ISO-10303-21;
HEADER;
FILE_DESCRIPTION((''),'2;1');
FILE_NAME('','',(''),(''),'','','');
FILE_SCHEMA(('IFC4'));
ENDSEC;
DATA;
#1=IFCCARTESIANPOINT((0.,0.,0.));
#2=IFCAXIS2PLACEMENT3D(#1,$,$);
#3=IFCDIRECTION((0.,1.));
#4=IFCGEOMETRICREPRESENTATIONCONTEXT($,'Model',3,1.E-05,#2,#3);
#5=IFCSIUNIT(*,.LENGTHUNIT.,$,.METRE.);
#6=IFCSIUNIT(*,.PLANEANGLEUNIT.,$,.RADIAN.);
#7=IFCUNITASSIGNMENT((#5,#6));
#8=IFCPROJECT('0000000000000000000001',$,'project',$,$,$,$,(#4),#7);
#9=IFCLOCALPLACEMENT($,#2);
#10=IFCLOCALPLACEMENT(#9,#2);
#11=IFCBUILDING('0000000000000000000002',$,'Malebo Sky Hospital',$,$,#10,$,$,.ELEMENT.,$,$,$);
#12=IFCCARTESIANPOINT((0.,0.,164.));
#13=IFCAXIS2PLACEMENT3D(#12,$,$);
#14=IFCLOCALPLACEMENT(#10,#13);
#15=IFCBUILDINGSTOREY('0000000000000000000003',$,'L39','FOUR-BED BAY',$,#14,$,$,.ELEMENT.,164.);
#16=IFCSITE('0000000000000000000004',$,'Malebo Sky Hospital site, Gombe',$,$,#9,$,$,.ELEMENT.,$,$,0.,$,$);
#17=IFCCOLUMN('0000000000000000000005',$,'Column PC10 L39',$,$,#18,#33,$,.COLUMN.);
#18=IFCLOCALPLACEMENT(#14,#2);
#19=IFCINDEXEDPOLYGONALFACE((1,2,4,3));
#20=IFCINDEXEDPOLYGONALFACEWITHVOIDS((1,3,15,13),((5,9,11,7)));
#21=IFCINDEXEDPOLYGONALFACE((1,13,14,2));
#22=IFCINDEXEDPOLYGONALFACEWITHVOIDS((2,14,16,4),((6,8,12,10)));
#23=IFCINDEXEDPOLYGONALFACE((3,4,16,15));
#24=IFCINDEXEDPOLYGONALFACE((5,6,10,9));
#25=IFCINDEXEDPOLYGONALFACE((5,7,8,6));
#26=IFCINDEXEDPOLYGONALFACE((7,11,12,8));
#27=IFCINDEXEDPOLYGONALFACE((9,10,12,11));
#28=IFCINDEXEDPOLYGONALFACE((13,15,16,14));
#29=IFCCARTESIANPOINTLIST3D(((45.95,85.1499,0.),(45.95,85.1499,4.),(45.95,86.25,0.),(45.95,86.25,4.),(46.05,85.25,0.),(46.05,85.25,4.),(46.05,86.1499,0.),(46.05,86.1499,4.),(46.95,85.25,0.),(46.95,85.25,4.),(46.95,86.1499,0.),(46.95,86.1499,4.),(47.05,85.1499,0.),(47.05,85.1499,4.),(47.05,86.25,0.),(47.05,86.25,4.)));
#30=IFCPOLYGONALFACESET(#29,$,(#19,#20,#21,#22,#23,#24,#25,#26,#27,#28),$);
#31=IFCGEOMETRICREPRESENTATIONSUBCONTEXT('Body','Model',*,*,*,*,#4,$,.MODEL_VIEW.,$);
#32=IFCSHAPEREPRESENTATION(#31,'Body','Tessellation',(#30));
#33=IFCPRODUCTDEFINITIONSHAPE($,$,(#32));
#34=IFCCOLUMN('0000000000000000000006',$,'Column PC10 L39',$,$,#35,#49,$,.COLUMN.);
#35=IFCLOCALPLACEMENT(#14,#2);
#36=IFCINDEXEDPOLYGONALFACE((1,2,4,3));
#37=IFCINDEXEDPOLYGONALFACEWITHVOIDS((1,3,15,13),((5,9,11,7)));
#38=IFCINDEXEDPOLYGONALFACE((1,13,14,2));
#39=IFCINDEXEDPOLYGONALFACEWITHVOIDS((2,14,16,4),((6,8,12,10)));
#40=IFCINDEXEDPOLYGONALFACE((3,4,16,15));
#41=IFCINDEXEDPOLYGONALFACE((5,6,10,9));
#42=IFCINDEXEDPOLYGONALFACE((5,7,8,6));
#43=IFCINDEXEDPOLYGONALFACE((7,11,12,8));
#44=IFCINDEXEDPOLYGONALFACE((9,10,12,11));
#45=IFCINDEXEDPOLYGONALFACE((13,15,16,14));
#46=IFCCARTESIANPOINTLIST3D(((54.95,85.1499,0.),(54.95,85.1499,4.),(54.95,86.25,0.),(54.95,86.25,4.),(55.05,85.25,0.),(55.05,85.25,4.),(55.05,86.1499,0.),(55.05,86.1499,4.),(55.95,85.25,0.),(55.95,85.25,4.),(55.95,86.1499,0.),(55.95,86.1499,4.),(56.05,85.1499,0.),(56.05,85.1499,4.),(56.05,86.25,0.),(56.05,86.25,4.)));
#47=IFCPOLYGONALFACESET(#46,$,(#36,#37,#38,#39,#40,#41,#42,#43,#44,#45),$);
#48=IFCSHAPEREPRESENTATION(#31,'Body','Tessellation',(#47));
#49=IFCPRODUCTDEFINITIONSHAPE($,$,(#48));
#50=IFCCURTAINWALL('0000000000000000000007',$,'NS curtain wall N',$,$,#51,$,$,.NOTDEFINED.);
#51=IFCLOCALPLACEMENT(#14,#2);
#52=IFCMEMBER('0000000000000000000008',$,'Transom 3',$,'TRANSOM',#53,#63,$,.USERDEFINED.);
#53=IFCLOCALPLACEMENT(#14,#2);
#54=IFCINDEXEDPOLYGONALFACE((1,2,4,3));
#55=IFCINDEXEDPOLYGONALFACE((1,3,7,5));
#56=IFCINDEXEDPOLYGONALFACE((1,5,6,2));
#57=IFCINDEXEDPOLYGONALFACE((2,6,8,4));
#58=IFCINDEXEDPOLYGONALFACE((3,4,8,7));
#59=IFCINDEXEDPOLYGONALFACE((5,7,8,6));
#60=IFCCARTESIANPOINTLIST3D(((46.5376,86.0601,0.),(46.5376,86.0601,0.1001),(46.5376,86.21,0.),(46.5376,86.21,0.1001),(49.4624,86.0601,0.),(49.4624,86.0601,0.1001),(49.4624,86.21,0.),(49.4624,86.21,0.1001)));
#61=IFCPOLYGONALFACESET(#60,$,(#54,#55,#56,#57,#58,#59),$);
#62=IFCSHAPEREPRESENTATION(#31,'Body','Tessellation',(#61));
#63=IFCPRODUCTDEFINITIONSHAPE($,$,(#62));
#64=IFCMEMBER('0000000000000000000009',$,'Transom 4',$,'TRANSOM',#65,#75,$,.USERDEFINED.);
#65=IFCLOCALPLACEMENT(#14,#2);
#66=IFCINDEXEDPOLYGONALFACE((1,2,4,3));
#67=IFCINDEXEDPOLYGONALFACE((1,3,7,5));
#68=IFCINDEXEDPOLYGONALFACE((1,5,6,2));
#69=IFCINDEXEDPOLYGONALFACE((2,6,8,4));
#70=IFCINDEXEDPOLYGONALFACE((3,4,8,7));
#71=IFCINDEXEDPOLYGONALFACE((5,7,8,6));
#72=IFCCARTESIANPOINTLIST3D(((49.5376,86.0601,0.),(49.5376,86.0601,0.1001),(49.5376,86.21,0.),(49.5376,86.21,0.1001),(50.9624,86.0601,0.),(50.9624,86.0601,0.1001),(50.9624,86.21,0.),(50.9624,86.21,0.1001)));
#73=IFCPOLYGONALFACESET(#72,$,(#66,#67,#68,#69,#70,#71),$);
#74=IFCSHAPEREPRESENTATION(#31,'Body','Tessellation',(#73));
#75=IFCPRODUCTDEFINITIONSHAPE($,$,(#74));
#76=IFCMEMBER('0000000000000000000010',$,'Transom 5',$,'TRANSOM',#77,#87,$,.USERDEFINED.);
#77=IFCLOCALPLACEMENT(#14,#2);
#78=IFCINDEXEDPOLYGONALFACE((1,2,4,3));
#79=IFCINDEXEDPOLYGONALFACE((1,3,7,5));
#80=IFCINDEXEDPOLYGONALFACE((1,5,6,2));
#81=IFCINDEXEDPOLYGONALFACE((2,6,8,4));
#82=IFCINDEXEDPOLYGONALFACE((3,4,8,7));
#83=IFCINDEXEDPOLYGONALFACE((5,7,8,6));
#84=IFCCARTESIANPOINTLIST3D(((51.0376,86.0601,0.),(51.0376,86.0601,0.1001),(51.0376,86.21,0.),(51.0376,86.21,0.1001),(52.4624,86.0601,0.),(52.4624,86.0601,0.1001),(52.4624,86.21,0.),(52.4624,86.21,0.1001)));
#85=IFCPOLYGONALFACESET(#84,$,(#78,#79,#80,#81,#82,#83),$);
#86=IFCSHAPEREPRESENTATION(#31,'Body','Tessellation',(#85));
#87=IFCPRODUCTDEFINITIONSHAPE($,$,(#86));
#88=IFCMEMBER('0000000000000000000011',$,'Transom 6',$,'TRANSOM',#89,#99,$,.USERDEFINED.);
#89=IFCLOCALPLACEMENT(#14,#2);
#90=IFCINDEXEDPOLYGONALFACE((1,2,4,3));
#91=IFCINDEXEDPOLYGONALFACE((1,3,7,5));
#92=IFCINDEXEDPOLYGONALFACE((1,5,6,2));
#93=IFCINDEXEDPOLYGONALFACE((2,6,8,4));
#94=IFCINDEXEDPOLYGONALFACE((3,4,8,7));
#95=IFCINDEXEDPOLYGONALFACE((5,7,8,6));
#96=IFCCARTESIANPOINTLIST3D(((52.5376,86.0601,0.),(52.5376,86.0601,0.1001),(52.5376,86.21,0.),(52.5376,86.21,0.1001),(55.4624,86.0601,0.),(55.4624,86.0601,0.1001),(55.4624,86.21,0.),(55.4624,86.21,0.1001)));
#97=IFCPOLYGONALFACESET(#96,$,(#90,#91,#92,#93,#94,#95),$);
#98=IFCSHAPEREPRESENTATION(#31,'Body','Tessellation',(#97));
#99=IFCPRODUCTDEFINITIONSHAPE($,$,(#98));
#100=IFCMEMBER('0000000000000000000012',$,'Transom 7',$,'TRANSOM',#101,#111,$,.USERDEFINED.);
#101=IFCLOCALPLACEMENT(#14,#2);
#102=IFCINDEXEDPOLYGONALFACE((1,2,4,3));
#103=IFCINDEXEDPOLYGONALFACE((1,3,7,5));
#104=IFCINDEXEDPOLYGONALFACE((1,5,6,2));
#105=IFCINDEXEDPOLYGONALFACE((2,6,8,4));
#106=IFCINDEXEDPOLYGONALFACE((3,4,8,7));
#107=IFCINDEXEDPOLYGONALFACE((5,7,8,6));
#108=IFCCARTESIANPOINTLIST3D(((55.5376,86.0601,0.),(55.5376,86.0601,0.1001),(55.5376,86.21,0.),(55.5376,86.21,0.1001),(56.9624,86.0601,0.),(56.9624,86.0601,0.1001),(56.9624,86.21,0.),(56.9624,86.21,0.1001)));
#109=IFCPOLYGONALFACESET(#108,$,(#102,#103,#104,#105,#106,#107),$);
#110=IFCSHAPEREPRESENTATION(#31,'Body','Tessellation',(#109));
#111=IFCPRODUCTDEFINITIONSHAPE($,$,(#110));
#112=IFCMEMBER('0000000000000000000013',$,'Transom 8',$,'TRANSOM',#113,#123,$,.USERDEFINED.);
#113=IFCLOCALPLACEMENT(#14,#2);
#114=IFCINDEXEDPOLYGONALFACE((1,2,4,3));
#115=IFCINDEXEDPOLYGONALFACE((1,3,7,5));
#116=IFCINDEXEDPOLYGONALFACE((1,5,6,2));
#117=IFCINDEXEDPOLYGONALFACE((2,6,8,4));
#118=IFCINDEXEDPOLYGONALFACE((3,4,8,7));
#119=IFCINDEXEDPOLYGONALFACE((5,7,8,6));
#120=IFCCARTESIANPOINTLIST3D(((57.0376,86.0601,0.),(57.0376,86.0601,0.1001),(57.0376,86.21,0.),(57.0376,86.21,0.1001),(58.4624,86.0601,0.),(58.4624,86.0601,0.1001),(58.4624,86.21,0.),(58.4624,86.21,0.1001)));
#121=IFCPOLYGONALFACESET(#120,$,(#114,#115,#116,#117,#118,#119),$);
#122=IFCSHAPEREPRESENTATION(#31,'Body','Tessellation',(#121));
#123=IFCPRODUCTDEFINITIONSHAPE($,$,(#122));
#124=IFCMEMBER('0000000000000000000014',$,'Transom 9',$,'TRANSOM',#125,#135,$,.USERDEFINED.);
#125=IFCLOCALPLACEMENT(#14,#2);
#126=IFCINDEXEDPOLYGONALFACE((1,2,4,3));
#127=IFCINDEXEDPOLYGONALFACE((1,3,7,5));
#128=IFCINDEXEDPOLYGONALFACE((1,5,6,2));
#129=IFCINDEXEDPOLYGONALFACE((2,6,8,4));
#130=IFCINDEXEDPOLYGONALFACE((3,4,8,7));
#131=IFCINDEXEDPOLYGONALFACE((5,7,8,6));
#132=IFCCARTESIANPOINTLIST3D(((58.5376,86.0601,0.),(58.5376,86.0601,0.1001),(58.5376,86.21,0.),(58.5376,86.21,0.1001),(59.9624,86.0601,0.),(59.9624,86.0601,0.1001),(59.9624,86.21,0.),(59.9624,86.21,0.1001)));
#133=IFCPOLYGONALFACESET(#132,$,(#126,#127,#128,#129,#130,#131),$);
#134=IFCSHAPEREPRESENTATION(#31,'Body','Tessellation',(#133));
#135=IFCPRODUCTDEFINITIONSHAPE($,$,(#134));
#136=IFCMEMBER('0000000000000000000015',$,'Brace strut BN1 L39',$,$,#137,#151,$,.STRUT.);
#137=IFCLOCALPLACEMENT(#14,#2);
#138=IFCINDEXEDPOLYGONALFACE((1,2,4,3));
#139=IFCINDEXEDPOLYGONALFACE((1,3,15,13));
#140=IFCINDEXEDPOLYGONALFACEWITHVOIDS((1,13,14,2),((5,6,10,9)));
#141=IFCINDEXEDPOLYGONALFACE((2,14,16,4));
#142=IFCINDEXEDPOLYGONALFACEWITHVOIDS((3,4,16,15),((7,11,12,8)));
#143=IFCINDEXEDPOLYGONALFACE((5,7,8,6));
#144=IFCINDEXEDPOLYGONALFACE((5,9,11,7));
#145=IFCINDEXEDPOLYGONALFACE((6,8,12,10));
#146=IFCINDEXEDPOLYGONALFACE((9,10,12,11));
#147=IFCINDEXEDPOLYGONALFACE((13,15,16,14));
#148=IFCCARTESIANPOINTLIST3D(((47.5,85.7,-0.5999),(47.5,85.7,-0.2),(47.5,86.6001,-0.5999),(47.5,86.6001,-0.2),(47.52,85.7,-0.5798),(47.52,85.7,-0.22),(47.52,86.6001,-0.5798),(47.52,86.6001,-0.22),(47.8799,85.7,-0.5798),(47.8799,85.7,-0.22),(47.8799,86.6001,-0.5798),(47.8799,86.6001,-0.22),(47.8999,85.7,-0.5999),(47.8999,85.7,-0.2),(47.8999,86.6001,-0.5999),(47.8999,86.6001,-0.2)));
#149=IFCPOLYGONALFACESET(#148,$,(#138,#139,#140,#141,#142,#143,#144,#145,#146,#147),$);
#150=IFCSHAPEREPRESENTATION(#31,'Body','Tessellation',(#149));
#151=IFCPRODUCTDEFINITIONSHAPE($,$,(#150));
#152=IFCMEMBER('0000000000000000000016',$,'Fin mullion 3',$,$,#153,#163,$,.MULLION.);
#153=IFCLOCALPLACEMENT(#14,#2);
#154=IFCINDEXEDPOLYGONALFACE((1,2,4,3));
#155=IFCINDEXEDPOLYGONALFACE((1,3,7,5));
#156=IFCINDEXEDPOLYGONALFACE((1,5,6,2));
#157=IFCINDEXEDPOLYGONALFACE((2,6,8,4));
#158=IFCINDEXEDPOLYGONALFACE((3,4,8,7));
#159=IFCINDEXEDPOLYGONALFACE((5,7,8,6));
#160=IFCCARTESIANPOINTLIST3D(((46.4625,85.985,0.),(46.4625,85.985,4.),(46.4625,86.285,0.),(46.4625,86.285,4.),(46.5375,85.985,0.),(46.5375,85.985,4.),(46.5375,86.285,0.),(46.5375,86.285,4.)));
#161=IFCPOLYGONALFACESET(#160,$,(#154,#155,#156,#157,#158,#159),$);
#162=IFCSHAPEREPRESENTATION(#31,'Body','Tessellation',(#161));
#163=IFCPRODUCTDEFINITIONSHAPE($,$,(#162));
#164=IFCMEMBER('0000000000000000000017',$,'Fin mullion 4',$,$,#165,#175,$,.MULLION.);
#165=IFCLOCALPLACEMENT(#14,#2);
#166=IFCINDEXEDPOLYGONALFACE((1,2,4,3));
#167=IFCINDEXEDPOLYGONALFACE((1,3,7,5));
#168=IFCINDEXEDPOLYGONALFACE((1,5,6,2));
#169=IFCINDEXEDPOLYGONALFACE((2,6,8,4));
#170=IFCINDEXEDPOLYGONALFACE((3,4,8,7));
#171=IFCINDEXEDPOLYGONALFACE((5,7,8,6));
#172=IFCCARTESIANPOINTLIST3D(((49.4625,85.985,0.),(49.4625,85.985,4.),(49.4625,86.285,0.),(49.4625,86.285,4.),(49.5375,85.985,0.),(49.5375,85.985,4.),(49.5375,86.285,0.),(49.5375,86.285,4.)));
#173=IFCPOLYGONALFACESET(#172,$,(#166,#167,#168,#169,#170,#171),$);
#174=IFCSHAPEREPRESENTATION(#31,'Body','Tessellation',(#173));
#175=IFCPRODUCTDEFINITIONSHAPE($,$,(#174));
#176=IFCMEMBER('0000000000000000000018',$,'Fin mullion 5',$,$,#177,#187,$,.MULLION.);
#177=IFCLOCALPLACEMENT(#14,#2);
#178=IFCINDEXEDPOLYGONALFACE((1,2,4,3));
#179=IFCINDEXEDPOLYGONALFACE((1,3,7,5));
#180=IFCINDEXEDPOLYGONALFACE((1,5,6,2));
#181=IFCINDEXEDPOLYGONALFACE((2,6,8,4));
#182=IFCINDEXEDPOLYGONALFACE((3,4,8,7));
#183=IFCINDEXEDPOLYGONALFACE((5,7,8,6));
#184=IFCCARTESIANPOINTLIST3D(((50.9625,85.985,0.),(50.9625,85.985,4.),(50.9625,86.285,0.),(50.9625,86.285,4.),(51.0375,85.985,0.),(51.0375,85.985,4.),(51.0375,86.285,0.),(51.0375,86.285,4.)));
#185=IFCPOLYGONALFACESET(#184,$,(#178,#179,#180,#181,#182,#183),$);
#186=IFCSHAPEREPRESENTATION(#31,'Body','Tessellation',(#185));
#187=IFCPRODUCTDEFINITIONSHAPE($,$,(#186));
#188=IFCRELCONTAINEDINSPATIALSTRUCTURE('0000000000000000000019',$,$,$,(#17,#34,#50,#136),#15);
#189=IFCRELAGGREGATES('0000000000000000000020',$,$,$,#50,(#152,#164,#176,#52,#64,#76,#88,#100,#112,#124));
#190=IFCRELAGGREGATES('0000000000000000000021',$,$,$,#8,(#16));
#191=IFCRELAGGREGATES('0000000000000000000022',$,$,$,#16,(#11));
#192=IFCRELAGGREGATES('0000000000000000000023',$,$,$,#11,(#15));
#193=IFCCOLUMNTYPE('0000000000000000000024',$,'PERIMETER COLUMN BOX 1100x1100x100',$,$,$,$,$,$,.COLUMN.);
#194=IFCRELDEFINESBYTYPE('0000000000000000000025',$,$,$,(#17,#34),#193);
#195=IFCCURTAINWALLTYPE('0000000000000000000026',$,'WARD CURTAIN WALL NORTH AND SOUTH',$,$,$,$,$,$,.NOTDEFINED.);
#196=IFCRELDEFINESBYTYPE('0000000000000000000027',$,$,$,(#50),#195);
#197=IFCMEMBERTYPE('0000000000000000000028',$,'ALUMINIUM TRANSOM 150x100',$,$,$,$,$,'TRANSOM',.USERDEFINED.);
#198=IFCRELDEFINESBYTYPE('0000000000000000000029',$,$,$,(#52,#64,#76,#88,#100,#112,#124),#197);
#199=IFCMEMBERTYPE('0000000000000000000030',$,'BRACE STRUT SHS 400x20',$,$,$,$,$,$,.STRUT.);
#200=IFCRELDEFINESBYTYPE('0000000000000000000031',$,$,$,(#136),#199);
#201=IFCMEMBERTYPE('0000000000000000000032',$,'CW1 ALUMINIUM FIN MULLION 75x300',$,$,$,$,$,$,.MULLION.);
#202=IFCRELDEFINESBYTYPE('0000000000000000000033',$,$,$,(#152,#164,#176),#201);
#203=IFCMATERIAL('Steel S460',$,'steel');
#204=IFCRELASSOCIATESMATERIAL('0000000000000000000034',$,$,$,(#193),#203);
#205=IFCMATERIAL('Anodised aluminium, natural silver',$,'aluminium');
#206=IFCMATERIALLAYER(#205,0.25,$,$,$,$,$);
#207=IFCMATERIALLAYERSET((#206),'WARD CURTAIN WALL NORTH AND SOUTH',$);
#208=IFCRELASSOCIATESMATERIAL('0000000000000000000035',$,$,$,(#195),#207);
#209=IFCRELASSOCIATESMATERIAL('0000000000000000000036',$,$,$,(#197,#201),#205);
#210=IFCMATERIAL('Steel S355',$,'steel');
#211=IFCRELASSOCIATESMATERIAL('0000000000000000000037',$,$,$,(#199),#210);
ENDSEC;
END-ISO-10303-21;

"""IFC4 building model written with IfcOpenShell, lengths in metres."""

from ifc_helpers import new_model, si_unit, direction, frame, origin, origin_2d, place, context, subcontext, project, spatial, rectangle, hollow_rectangle, extrude, material, layer, layer_set, material_profile, profile_set, type_object, element, aggregate, save


model = new_model("IFC4")

# Units and contexts
model_context = context("Model", 3, precision=1e-05, world=origin(), true_north=direction((0.0, 1.0)))
body_context = subcontext(model_context, "Body", "Model", "MODEL_VIEW")
ifc_project = project(units=[si_unit("LENGTHUNIT", "METRE"), si_unit("PLANEANGLEUNIT", "RADIAN")], contexts=[model_context])

# Site, building, storey
site_placement = place(None, origin())
site = spatial("IfcSite", under=ifc_project, at=site_placement, Name="Malebo Sky Hospital site, Gombe", CompositionType="ELEMENT", RefElevation=0.0)
building_placement = place(site_placement, origin())
building = spatial("IfcBuilding", under=site, at=building_placement, Name="Malebo Sky Hospital", CompositionType="ELEMENT")
storey_placement = place(building_placement, frame((0.0, 0.0, 164.0)))
storey = spatial("IfcBuildingStorey", under=building, at=storey_placement, Name="L39", Description="FOUR-BED BAY", CompositionType="ELEMENT", Elevation=164.0)

# Columns
ifc_material_1 = material(Name="Steel S460", Category="steel")
ifc_material_profile_1 = material_profile(ifc_material_1, hollow_rectangle(XDim=1.1001, YDim=1.1001, WallThickness=0.1001, at=origin_2d()), Name="BOX 1100x1100x100")
ifc_profile_set_1 = profile_set([ifc_material_profile_1], Name="Steel S460")
column_type = type_object("IfcColumnType", Name="PERIMETER COLUMN BOX 1100x1100x100", PredefinedType="COLUMN", material=ifc_profile_set_1)
for number, where, z_axis, x_axis, name in (
    (1, (46.5, 85.7, 0.0), (0.0, 0.0, 1.0), (1.0, 0.0, 0.0), "Column PC10 L39"),
    (2, (55.5, 85.7, 0.0), (0.0, 0.0, 1.0), (1.0, 0.0, 0.0), "Column PC10 L39"),
):
    element("IfcColumn", number, at=place(storey_placement, frame(where, z_axis=z_axis, x_axis=x_axis)), inside=storey, type_object=column_type, Name=name, PredefinedType="COLUMN", context=body_context, shape_type="SweptSolid", body=[
        extrude(hollow_rectangle(XDim=1.1001, YDim=1.1001, WallThickness=0.1001, at=origin_2d()), origin(), (0.0, 0.0, 1.0), 4.0),
    ])

# Curtain wall, members
ifc_material_2 = material(Name="Anodised aluminium, natural silver", Category="aluminium")
ifc_layer_1 = layer(ifc_material_2, 0.25)
ifc_layer_set_1 = layer_set([ifc_layer_1], Name="WARD CURTAIN WALL NORTH AND SOUTH")
curtain_wall_type = type_object("IfcCurtainWallType", Name="WARD CURTAIN WALL NORTH AND SOUTH", PredefinedType="NOTDEFINED", material=ifc_layer_set_1)
curtain_wall_placement = place(storey_placement, origin())
curtain_wall = element("IfcCurtainWall", 3, at=curtain_wall_placement, inside=storey, type_object=curtain_wall_type, Name="NS curtain wall N", PredefinedType="NOTDEFINED")
ifc_material_profile_2 = material_profile(ifc_material_2, rectangle(XDim=0.1499, YDim=0.1001, at=origin_2d()), Name="ALUMINIUM TRANSOM 150x100")
ifc_profile_set_2 = profile_set([ifc_material_profile_2], Name="Anodised aluminium, natural silver")
member_type_1 = type_object("IfcMemberType", Name="ALUMINIUM TRANSOM 150x100", ElementType="TRANSOM", PredefinedType="USERDEFINED", material=ifc_profile_set_2)
member_1_placement = place(storey_placement, frame((46.5376, 86.135, 0.05), z_axis=(1.0, 0.0, 0.0), x_axis=(0.0, 1.0, 0.0)))
member_1 = element("IfcMember", 4, at=member_1_placement, type_object=member_type_1, Name="Transom 3", ObjectType="TRANSOM", PredefinedType="USERDEFINED", context=body_context, shape_type="SweptSolid", body=[
    extrude(rectangle(XDim=0.1499, YDim=0.1001, at=origin_2d()), origin(), (0.0, 0.0, 1.0), 2.9248),
])
member_2_placement = place(storey_placement, frame((49.5376, 86.135, 0.05), z_axis=(1.0, 0.0, 0.0), x_axis=(0.0, 1.0, 0.0)))
member_2 = element("IfcMember", 5, at=member_2_placement, type_object=member_type_1, Name="Transom 4", ObjectType="TRANSOM", PredefinedType="USERDEFINED", context=body_context, shape_type="SweptSolid", body=[
    extrude(rectangle(XDim=0.1499, YDim=0.1001, at=origin_2d()), origin(), (0.0, 0.0, 1.0), 1.4248),
])
member_3_placement = place(storey_placement, frame((51.0376, 86.135, 0.05), z_axis=(1.0, 0.0, 0.0), x_axis=(0.0, 1.0, 0.0)))
member_3 = element("IfcMember", 6, at=member_3_placement, type_object=member_type_1, Name="Transom 5", ObjectType="TRANSOM", PredefinedType="USERDEFINED", context=body_context, shape_type="SweptSolid", body=[
    extrude(rectangle(XDim=0.1499, YDim=0.1001, at=origin_2d()), origin(), (0.0, 0.0, 1.0), 1.4248),
])
member_4_placement = place(storey_placement, frame((52.5376, 86.135, 0.05), z_axis=(1.0, 0.0, 0.0), x_axis=(0.0, 1.0, 0.0)))
member_4 = element("IfcMember", 7, at=member_4_placement, type_object=member_type_1, Name="Transom 6", ObjectType="TRANSOM", PredefinedType="USERDEFINED", context=body_context, shape_type="SweptSolid", body=[
    extrude(rectangle(XDim=0.1499, YDim=0.1001, at=origin_2d()), origin(), (0.0, 0.0, 1.0), 2.9248),
])
member_5_placement = place(storey_placement, frame((55.5376, 86.135, 0.05), z_axis=(1.0, 0.0, 0.0), x_axis=(0.0, 1.0, 0.0)))
member_5 = element("IfcMember", 8, at=member_5_placement, type_object=member_type_1, Name="Transom 7", ObjectType="TRANSOM", PredefinedType="USERDEFINED", context=body_context, shape_type="SweptSolid", body=[
    extrude(rectangle(XDim=0.1499, YDim=0.1001, at=origin_2d()), origin(), (0.0, 0.0, 1.0), 1.4248),
])
member_6_placement = place(storey_placement, frame((57.0376, 86.135, 0.05), z_axis=(1.0, 0.0, 0.0), x_axis=(0.0, 1.0, 0.0)))
member_6 = element("IfcMember", 9, at=member_6_placement, type_object=member_type_1, Name="Transom 8", ObjectType="TRANSOM", PredefinedType="USERDEFINED", context=body_context, shape_type="SweptSolid", body=[
    extrude(rectangle(XDim=0.1499, YDim=0.1001, at=origin_2d()), origin(), (0.0, 0.0, 1.0), 1.4248),
])
member_7_placement = place(storey_placement, frame((58.5376, 86.135, 0.05), z_axis=(1.0, 0.0, 0.0), x_axis=(0.0, 1.0, 0.0)))
member_7 = element("IfcMember", 10, at=member_7_placement, type_object=member_type_1, Name="Transom 9", ObjectType="TRANSOM", PredefinedType="USERDEFINED", context=body_context, shape_type="SweptSolid", body=[
    extrude(rectangle(XDim=0.1499, YDim=0.1001, at=origin_2d()), origin(), (0.0, 0.0, 1.0), 1.4248),
])

# Members
ifc_material_3 = material(Name="Steel S355", Category="steel")
ifc_material_profile_3 = material_profile(ifc_material_3, hollow_rectangle(XDim=0.3999, YDim=0.3999, WallThickness=0.02, at=origin_2d()), Name="SHS 400x20")
ifc_profile_set_3 = profile_set([ifc_material_profile_3], Name="Steel S355")
member_type_2 = type_object("IfcMemberType", Name="BRACE STRUT SHS 400x20", PredefinedType="STRUT", material=ifc_profile_set_3)
member_8_placement = place(storey_placement, frame((47.7, 86.6001, -0.3999), z_axis=(0.0, -1.0, 0.0), x_axis=(1.0, 0.0, 0.0)))
element("IfcMember", 11, at=member_8_placement, inside=storey, type_object=member_type_2, Name="Brace strut BN1 L39", PredefinedType="STRUT", context=body_context, shape_type="SweptSolid", body=[
    extrude(hollow_rectangle(XDim=0.3999, YDim=0.3999, WallThickness=0.02, at=origin_2d()), origin(), (0.0, 0.0, 1.0), 0.9001),
])
ifc_material_profile_4 = material_profile(ifc_material_2, rectangle(XDim=0.075, YDim=0.3, at=origin_2d()), Name="CW1 ALUMINIUM FIN MULLION 75x300")
ifc_profile_set_4 = profile_set([ifc_material_profile_4], Name="Anodised aluminium, natural silver")
member_type_3 = type_object("IfcMemberType", Name="CW1 ALUMINIUM FIN MULLION 75x300", PredefinedType="MULLION", material=ifc_profile_set_4)
member_9_placement = place(storey_placement, frame((46.5, 86.135, 0.0), z_axis=(0.0, 0.0, 1.0), x_axis=(1.0, 0.0, 0.0)))
member_9 = element("IfcMember", 12, at=member_9_placement, type_object=member_type_3, Name="Fin mullion 3", PredefinedType="MULLION", context=body_context, shape_type="SweptSolid", body=[
    extrude(rectangle(XDim=0.075, YDim=0.3, at=origin_2d()), origin(), (0.0, 0.0, 1.0), 4.0),
])
member_10_placement = place(storey_placement, frame((49.5, 86.135, 0.0), z_axis=(0.0, 0.0, 1.0), x_axis=(1.0, 0.0, 0.0)))
member_10 = element("IfcMember", 13, at=member_10_placement, type_object=member_type_3, Name="Fin mullion 4", PredefinedType="MULLION", context=body_context, shape_type="SweptSolid", body=[
    extrude(rectangle(XDim=0.075, YDim=0.3, at=origin_2d()), origin(), (0.0, 0.0, 1.0), 4.0),
])
member_11_placement = place(storey_placement, frame((51.0, 86.135, 0.0), z_axis=(0.0, 0.0, 1.0), x_axis=(1.0, 0.0, 0.0)))
member_11 = element("IfcMember", 14, at=member_11_placement, type_object=member_type_3, Name="Fin mullion 5", PredefinedType="MULLION", context=body_context, shape_type="SweptSolid", body=[
    extrude(rectangle(XDim=0.075, YDim=0.3, at=origin_2d()), origin(), (0.0, 0.0, 1.0), 4.0),
])

aggregate(curtain_wall, [member_9, member_10, member_11, member_1, member_2, member_3, member_4, member_5, member_6, member_7])

save(model, "model.ifc")
